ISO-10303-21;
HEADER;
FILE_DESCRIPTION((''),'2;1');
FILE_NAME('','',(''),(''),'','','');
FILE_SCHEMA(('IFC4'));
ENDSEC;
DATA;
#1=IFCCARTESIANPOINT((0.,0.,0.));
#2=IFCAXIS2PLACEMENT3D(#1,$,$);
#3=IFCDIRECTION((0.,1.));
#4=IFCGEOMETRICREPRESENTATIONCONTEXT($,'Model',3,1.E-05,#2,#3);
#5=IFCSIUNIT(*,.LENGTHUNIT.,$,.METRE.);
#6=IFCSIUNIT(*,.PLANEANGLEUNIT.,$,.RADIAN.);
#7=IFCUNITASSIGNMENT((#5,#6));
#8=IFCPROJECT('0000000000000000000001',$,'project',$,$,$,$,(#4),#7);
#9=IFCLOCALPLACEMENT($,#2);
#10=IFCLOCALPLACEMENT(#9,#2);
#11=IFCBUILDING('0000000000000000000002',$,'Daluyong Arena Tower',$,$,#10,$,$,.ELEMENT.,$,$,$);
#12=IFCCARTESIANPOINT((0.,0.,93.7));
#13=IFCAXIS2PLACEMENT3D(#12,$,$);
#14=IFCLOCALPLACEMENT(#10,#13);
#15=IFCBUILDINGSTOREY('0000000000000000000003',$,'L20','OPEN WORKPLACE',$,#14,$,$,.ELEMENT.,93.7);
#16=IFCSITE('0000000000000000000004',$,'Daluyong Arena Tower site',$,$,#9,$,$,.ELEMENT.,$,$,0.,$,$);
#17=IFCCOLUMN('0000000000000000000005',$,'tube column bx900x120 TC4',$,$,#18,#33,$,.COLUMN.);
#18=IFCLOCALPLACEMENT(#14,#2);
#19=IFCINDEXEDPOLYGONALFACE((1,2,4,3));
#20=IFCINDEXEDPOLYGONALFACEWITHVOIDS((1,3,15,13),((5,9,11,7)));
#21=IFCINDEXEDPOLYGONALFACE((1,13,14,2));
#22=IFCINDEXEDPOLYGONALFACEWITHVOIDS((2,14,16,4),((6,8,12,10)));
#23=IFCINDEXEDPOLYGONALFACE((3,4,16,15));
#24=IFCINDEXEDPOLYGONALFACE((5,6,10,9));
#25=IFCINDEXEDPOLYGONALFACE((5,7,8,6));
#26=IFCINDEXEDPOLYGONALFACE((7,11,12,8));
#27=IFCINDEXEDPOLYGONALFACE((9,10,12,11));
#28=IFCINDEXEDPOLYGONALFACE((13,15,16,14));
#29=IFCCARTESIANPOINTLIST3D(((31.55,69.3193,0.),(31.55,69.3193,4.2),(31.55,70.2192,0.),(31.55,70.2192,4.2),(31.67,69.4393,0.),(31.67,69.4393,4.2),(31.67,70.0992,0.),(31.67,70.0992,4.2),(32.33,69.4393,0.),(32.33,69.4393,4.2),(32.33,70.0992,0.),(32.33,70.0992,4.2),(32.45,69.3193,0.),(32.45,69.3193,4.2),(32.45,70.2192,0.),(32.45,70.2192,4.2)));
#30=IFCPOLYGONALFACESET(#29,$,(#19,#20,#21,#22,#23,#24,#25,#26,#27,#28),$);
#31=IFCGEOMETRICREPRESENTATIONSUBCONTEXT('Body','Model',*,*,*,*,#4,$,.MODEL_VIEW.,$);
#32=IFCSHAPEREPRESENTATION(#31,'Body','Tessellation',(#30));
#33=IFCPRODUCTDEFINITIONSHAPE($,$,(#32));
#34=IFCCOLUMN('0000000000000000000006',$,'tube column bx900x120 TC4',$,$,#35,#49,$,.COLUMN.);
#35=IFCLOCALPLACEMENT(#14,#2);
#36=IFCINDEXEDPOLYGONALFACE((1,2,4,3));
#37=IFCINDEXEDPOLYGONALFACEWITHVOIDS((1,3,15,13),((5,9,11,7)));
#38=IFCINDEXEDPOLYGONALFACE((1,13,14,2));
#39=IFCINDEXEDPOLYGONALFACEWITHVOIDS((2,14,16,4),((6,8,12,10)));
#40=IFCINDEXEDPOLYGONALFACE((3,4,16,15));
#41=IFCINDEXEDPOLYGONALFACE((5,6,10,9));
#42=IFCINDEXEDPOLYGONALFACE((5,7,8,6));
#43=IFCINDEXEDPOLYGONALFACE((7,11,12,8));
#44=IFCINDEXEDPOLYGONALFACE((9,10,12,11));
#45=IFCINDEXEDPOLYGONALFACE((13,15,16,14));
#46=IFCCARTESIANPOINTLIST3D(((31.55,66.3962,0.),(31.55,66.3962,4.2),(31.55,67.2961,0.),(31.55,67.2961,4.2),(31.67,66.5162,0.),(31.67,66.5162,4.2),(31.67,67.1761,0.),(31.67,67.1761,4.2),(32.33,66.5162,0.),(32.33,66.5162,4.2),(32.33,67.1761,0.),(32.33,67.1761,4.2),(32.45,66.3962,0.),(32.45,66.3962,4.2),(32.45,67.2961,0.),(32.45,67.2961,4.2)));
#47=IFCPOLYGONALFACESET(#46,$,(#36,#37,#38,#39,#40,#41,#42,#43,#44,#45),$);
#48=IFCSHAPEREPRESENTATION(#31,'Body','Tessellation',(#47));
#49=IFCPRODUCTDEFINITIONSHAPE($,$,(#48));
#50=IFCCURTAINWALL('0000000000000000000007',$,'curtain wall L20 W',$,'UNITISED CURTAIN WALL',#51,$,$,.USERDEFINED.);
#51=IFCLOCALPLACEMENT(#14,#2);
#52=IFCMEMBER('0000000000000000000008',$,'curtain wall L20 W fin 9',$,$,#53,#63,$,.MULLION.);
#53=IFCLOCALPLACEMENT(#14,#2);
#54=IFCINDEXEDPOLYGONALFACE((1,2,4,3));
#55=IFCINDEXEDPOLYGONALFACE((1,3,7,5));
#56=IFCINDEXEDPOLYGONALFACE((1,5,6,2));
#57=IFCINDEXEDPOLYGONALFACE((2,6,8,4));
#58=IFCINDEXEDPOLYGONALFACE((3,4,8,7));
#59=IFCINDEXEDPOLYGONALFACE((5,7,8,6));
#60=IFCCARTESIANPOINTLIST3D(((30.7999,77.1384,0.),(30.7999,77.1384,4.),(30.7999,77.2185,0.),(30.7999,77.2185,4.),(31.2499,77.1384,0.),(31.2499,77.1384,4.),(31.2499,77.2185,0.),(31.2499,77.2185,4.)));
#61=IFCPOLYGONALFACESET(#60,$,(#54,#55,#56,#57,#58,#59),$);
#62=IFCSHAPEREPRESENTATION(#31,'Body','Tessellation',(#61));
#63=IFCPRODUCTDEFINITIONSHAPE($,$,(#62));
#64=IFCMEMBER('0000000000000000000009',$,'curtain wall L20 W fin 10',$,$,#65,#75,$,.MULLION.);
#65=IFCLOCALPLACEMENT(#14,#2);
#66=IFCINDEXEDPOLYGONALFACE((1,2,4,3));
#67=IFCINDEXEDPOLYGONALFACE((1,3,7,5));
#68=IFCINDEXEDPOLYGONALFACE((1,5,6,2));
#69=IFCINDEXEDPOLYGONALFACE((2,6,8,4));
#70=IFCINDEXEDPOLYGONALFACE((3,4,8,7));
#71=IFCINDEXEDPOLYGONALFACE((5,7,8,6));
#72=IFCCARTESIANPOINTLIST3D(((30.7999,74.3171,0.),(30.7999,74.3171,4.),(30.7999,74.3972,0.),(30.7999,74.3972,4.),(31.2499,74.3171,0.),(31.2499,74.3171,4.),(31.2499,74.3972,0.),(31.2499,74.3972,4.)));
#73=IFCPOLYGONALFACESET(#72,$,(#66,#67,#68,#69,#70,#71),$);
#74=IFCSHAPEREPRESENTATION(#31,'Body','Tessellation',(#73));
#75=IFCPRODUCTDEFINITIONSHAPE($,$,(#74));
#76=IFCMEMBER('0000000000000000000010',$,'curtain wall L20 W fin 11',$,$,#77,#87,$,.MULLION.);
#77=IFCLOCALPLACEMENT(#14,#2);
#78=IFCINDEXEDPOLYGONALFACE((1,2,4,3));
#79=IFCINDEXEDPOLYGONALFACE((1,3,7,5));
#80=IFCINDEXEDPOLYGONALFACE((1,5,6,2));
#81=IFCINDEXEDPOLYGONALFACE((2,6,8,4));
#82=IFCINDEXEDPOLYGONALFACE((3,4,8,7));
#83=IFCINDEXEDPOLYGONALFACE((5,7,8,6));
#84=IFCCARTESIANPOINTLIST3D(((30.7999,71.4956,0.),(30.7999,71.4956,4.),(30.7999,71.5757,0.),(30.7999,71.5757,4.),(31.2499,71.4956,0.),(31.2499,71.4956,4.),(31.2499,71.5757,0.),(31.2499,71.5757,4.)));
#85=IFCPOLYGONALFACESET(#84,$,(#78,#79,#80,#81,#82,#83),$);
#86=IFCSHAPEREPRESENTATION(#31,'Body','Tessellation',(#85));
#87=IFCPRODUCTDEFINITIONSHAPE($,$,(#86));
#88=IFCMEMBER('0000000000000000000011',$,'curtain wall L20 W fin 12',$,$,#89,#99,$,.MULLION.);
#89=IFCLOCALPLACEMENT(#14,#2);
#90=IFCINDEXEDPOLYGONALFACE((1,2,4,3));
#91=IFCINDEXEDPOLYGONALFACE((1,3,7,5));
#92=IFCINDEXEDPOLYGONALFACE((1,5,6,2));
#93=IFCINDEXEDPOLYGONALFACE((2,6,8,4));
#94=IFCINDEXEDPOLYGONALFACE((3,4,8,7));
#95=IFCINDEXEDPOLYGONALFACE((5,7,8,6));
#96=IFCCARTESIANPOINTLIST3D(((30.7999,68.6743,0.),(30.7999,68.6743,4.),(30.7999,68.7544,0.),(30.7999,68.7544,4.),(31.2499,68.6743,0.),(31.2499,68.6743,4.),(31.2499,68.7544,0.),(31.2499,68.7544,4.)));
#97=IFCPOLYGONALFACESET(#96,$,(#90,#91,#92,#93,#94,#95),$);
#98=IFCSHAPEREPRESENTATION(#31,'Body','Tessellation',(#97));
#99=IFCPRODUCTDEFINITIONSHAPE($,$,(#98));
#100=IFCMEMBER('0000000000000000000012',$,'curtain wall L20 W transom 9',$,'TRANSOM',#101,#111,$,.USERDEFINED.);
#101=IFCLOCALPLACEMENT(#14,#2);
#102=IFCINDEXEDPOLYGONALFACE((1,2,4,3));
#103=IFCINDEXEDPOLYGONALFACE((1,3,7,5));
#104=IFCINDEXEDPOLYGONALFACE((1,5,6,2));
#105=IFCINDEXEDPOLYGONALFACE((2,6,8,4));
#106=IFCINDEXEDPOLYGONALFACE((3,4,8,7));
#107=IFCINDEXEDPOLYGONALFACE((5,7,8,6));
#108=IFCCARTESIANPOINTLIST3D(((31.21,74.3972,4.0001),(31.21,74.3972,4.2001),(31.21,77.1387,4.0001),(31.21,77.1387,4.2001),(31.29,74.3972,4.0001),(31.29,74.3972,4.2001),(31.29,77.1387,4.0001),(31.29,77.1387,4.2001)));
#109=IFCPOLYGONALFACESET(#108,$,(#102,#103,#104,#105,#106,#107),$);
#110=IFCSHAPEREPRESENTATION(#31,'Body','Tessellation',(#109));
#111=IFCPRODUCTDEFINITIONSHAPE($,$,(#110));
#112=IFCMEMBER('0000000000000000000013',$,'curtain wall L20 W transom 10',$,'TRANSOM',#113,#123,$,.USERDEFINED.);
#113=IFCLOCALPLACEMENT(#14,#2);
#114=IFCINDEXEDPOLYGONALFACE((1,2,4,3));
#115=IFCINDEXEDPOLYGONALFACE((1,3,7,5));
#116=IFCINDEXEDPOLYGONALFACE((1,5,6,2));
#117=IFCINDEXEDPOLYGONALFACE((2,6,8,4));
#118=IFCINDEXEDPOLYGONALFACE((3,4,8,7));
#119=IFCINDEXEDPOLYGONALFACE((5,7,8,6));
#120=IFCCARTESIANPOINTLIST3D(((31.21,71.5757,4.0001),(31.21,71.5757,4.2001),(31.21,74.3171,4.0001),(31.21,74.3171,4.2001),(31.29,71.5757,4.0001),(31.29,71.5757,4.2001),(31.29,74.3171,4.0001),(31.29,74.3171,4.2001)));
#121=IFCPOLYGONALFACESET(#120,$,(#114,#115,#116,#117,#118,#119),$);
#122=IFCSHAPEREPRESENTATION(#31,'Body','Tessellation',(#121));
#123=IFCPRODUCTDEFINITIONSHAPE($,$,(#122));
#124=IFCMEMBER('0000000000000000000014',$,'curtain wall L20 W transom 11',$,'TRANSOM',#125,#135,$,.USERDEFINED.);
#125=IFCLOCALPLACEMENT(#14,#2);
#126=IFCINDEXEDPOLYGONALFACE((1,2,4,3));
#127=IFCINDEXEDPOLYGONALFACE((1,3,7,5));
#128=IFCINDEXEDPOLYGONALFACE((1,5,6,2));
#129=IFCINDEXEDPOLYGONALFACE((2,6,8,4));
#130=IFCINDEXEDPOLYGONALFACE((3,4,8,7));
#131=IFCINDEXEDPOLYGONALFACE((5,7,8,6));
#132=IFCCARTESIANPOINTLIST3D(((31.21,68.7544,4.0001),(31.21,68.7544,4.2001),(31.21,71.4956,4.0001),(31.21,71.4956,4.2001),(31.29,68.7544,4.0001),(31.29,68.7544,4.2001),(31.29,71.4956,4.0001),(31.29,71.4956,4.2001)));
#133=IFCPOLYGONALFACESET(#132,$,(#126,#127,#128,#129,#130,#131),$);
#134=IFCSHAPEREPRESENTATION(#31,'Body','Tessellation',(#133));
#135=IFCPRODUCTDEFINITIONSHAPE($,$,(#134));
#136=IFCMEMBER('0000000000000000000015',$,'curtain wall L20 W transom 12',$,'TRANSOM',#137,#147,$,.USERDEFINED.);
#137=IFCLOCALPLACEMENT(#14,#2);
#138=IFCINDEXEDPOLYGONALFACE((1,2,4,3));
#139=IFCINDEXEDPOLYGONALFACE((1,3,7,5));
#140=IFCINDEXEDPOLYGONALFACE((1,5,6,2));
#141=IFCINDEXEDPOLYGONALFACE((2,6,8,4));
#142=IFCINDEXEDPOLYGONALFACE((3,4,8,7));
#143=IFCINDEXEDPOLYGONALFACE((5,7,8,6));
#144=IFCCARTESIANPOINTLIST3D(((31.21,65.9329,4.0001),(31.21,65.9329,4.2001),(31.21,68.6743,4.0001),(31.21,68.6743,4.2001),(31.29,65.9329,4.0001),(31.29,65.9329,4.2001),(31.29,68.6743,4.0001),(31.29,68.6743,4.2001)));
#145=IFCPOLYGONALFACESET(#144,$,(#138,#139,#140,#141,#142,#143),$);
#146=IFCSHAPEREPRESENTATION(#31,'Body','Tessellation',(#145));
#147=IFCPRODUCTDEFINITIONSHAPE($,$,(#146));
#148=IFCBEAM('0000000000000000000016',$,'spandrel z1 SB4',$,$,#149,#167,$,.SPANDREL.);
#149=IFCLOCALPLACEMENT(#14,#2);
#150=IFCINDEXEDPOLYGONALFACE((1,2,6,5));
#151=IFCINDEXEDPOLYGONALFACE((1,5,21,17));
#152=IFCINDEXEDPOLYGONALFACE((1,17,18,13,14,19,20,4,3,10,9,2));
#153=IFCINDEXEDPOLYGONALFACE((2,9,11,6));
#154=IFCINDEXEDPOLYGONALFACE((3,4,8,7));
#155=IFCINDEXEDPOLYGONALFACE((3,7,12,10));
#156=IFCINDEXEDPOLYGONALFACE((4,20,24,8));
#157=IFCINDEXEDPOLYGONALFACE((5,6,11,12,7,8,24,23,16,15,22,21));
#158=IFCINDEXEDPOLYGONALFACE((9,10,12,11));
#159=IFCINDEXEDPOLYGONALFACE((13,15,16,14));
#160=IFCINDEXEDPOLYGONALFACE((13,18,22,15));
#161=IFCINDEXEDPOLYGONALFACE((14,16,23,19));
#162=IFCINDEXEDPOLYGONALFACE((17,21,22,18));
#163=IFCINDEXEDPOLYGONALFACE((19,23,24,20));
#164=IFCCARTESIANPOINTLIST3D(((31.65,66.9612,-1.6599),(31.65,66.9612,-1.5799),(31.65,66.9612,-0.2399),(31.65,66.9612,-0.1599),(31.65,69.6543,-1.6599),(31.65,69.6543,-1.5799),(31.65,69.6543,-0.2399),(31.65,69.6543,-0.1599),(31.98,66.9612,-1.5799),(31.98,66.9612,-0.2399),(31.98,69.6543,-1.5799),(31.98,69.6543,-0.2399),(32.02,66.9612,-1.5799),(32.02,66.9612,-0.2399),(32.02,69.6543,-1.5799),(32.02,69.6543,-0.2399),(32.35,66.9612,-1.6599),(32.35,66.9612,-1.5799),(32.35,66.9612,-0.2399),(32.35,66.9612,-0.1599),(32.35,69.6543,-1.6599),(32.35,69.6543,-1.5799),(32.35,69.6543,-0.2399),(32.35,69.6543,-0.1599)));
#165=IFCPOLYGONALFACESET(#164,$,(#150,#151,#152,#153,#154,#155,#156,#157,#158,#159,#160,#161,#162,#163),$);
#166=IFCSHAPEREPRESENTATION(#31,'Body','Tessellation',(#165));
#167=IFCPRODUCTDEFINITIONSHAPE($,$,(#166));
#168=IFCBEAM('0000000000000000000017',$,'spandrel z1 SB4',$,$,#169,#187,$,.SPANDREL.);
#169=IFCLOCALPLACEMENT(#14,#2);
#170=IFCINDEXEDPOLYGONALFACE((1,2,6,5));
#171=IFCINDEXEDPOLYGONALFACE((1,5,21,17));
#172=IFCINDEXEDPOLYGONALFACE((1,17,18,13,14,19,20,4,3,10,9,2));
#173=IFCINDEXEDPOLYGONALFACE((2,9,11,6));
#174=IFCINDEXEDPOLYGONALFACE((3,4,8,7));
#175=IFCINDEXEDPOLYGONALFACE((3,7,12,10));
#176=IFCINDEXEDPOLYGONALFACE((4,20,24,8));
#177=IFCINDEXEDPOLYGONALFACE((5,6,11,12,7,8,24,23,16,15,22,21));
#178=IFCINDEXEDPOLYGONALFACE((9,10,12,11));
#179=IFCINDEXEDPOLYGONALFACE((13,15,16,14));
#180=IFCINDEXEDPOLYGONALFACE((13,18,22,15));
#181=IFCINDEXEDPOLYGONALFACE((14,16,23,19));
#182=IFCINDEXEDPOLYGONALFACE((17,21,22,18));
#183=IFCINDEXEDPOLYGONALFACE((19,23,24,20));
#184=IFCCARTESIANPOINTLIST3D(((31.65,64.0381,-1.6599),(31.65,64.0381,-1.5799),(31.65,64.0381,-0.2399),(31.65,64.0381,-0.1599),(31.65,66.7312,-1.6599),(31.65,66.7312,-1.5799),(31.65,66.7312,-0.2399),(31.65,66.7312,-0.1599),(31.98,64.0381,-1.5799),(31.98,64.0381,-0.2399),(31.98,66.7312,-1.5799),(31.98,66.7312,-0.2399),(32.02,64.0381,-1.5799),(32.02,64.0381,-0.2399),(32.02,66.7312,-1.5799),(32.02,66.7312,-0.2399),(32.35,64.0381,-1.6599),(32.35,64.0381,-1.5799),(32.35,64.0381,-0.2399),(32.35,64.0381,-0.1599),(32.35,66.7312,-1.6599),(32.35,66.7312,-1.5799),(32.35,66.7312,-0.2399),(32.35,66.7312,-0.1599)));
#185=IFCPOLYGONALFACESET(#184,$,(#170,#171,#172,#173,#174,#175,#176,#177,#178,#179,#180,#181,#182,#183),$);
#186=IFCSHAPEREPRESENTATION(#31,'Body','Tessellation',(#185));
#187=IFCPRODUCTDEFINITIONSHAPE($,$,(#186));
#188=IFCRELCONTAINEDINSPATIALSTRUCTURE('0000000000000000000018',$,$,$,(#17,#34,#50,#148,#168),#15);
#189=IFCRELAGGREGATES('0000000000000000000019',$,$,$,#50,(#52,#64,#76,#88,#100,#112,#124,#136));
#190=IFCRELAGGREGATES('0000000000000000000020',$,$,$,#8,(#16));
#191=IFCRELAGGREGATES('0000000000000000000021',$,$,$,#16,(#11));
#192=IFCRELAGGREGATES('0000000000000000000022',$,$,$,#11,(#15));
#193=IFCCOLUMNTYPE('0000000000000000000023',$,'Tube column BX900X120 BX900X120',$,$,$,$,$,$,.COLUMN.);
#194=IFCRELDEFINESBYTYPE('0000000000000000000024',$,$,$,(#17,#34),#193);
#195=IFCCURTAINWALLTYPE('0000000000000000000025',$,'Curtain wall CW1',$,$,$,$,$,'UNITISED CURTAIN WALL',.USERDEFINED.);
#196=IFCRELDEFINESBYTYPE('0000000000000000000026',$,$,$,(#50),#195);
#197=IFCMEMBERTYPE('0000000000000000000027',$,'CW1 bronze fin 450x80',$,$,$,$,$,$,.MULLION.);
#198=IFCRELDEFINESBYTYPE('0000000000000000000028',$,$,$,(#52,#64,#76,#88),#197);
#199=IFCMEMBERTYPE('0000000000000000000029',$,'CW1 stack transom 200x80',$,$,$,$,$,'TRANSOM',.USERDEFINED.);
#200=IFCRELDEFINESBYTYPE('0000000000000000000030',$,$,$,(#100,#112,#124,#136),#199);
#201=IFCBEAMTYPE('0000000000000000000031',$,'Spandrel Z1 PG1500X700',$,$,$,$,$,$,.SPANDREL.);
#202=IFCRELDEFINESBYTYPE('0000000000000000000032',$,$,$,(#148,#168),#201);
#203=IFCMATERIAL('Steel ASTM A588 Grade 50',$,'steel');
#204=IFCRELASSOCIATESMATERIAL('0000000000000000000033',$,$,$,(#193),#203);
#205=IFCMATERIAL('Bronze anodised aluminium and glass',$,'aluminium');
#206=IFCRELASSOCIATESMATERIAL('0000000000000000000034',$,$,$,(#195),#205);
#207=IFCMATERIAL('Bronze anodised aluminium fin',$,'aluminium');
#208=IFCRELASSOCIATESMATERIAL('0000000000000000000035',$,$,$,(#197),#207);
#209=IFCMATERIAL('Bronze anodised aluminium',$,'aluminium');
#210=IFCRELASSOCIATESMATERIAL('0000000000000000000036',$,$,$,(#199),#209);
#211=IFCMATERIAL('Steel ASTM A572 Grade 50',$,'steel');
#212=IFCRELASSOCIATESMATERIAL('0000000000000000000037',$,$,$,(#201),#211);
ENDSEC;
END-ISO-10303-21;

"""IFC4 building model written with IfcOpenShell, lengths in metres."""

from ifc_helpers import new_model, si_unit, direction, frame, origin, origin_2d, place, context, subcontext, project, spatial, rectangle, hollow_rectangle, i_section, extrude, material, material_profile, profile_set, type_object, element, aggregate, save


model = new_model("IFC4")

# Units and contexts
model_context = context("Model", 3, precision=1e-05, world=origin(), true_north=direction((0.0, 1.0)))
body_context = subcontext(model_context, "Body", "Model", "MODEL_VIEW")
ifc_project = project(units=[si_unit("LENGTHUNIT", "METRE"), si_unit("PLANEANGLEUNIT", "RADIAN")], contexts=[model_context])

# Site, building, storey
site_placement = place(None, origin())
site = spatial("IfcSite", under=ifc_project, at=site_placement, Name="Daluyong Arena Tower site", CompositionType="ELEMENT", RefElevation=0.0)
building_placement = place(site_placement, origin())
building = spatial("IfcBuilding", under=site, at=building_placement, Name="Daluyong Arena Tower", CompositionType="ELEMENT")
storey_placement = place(building_placement, frame((0.0, 0.0, 93.7)))
storey = spatial("IfcBuildingStorey", under=building, at=storey_placement, Name="L20", Description="OPEN WORKPLACE", CompositionType="ELEMENT", Elevation=93.7)

# Columns
ifc_material_1 = material(Name="Steel ASTM A588 Grade 50", Category="steel")
ifc_material_profile_1 = material_profile(ifc_material_1, hollow_rectangle(XDim=0.8999, YDim=0.8999, WallThickness=0.12, at=origin_2d()))
ifc_profile_set_1 = profile_set([ifc_material_profile_1], Name="Steel ASTM A588 Grade 50")
column_type = type_object("IfcColumnType", Name="Tube column BX900X120 BX900X120", PredefinedType="COLUMN", material=ifc_profile_set_1)
for number, where, z_axis, x_axis, name in (
    (1, (32.0, 69.7693, 0.0), (0.0, 0.0, 1.0), (0.0, 1.0, 0.0), "tube column bx900x120 TC4"),
    (2, (32.0, 66.8462, 0.0), (0.0, 0.0, 1.0), (0.0, 1.0, 0.0), "tube column bx900x120 TC4"),
):
    element("IfcColumn", number, at=place(storey_placement, frame(where, z_axis=z_axis, x_axis=x_axis)), inside=storey, type_object=column_type, Name=name, PredefinedType="COLUMN", context=body_context, shape_type="SweptSolid", body=[
        extrude(hollow_rectangle(XDim=0.8999, YDim=0.8999, WallThickness=0.12, at=origin_2d()), origin(), (0.0, 0.0, 1.0), 4.2),
    ])

# Curtain wall, members
ifc_material_2 = material(Name="Bronze anodised aluminium and glass", Category="aluminium")
curtain_wall_type = type_object("IfcCurtainWallType", Name="Curtain wall CW1", ElementType="UNITISED CURTAIN WALL", PredefinedType="USERDEFINED", material=ifc_material_2)
curtain_wall_placement = place(storey_placement, origin())
curtain_wall = element("IfcCurtainWall", 3, at=curtain_wall_placement, inside=storey, type_object=curtain_wall_type, Name="curtain wall L20 W", ObjectType="UNITISED CURTAIN WALL", PredefinedType="USERDEFINED")
ifc_material_3 = material(Name="Bronze anodised aluminium fin", Category="aluminium")
ifc_material_profile_2 = material_profile(ifc_material_3, rectangle(XDim=0.45, YDim=0.0801, at=origin_2d()))
ifc_profile_set_2 = profile_set([ifc_material_profile_2], Name="Bronze anodised aluminium fin")
member_type_1 = type_object("IfcMemberType", Name="CW1 bronze fin 450x80", PredefinedType="MULLION", material=ifc_profile_set_2)
member_1_placement = place(storey_placement, frame((31.0249, 77.1785, 0.0), z_axis=(0.0, 0.0, 1.0), x_axis=(1.0, 0.0, 0.0)))
member_1 = element("IfcMember", 4, at=member_1_placement, type_object=member_type_1, Name="curtain wall L20 W fin 9", PredefinedType="MULLION", context=body_context, shape_type="SweptSolid", body=[
    extrude(rectangle(XDim=0.45, YDim=0.0801, at=origin_2d()), origin(), (0.0, 0.0, 1.0), 4.0),
])
member_2_placement = place(storey_placement, frame((31.0249, 74.3572, 0.0), z_axis=(0.0, 0.0, 1.0), x_axis=(1.0, 0.0, 0.0)))
member_2 = element("IfcMember", 5, at=member_2_placement, type_object=member_type_1, Name="curtain wall L20 W fin 10", PredefinedType="MULLION", context=body_context, shape_type="SweptSolid", body=[
    extrude(rectangle(XDim=0.45, YDim=0.0801, at=origin_2d()), origin(), (0.0, 0.0, 1.0), 4.0),
])
member_3_placement = place(storey_placement, frame((31.0249, 71.5356, 0.0), z_axis=(0.0, 0.0, 1.0), x_axis=(1.0, 0.0, 0.0)))
member_3 = element("IfcMember", 6, at=member_3_placement, type_object=member_type_1, Name="curtain wall L20 W fin 11", PredefinedType="MULLION", context=body_context, shape_type="SweptSolid", body=[
    extrude(rectangle(XDim=0.45, YDim=0.0801, at=origin_2d()), origin(), (0.0, 0.0, 1.0), 4.0),
])
member_4_placement = place(storey_placement, frame((31.0249, 68.7144, 0.0), z_axis=(0.0, 0.0, 1.0), x_axis=(1.0, 0.0, 0.0)))
member_4 = element("IfcMember", 7, at=member_4_placement, type_object=member_type_1, Name="curtain wall L20 W fin 12", PredefinedType="MULLION", context=body_context, shape_type="SweptSolid", body=[
    extrude(rectangle(XDim=0.45, YDim=0.0801, at=origin_2d()), origin(), (0.0, 0.0, 1.0), 4.0),
])
ifc_material_4 = material(Name="Bronze anodised aluminium", Category="aluminium")
ifc_material_profile_3 = material_profile(ifc_material_4, rectangle(XDim=0.0801, YDim=0.2, at=origin_2d()))
ifc_profile_set_3 = profile_set([ifc_material_profile_3], Name="Bronze anodised aluminium")
member_type_2 = type_object("IfcMemberType", Name="CW1 stack transom 200x80", ElementType="TRANSOM", PredefinedType="USERDEFINED", material=ifc_profile_set_3)
member_5_placement = place(storey_placement, frame((31.25, 77.1387, 4.1001), z_axis=(0.0, -1.0, 0.0), x_axis=(1.0, 0.0, 0.0)))
member_5 = element("IfcMember", 8, at=member_5_placement, type_object=member_type_2, Name="curtain wall L20 W transom 9", ObjectType="TRANSOM", PredefinedType="USERDEFINED", context=body_context, shape_type="SweptSolid", body=[
    extrude(rectangle(XDim=0.0801, YDim=0.2, at=origin_2d()), origin(), (0.0, 0.0, 1.0), 2.7415),
])
member_6_placement = place(storey_placement, frame((31.25, 74.3171, 4.1001), z_axis=(0.0, -1.0, 0.0), x_axis=(1.0, 0.0, 0.0)))
member_6 = element("IfcMember", 9, at=member_6_placement, type_object=member_type_2, Name="curtain wall L20 W transom 10", ObjectType="TRANSOM", PredefinedType="USERDEFINED", context=body_context, shape_type="SweptSolid", body=[
    extrude(rectangle(XDim=0.0801, YDim=0.2, at=origin_2d()), origin(), (0.0, 0.0, 1.0), 2.7415),
])
member_7_placement = place(storey_placement, frame((31.25, 71.4956, 4.1001), z_axis=(0.0, -1.0, 0.0), x_axis=(1.0, 0.0, 0.0)))
member_7 = element("IfcMember", 10, at=member_7_placement, type_object=member_type_2, Name="curtain wall L20 W transom 11", ObjectType="TRANSOM", PredefinedType="USERDEFINED", context=body_context, shape_type="SweptSolid", body=[
    extrude(rectangle(XDim=0.0801, YDim=0.2, at=origin_2d()), origin(), (0.0, 0.0, 1.0), 2.7412),
])
member_8_placement = place(storey_placement, frame((31.25, 68.6743, 4.1001), z_axis=(0.0, -1.0, 0.0), x_axis=(1.0, 0.0, 0.0)))
member_8 = element("IfcMember", 11, at=member_8_placement, type_object=member_type_2, Name="curtain wall L20 W transom 12", ObjectType="TRANSOM", PredefinedType="USERDEFINED", context=body_context, shape_type="SweptSolid", body=[
    extrude(rectangle(XDim=0.0801, YDim=0.2, at=origin_2d()), origin(), (0.0, 0.0, 1.0), 2.7415),
])

# Beams
ifc_material_5 = material(Name="Steel ASTM A572 Grade 50", Category="steel")
ifc_material_profile_4 = material_profile(ifc_material_5, i_section(OverallWidth=0.7, OverallDepth=1.5, WebThickness=0.04, FlangeThickness=0.08, at=origin_2d()))
ifc_profile_set_4 = profile_set([ifc_material_profile_4], Name="Steel ASTM A572 Grade 50")
beam_type = type_object("IfcBeamType", Name="Spandrel Z1 PG1500X700", PredefinedType="SPANDREL", material=ifc_profile_set_4)
for number, where, z_axis, x_axis, name in (
    (12, (32.0, 69.6543, -0.9099), (0.0, -1.0, 0.0), (1.0, 0.0, 0.0), "spandrel z1 SB4"),
    (13, (32.0, 66.7312, -0.9099), (0.0, -1.0, 0.0), (1.0, 0.0, 0.0), "spandrel z1 SB4"),
):
    element("IfcBeam", number, at=place(storey_placement, frame(where, z_axis=z_axis, x_axis=x_axis)), inside=storey, type_object=beam_type, Name=name, PredefinedType="SPANDREL", context=body_context, shape_type="SweptSolid", body=[
        extrude(i_section(OverallWidth=0.7, OverallDepth=1.5, WebThickness=0.04, FlangeThickness=0.08, at=origin_2d()), origin(), (0.0, 0.0, 1.0), 2.6931),
    ])

aggregate(curtain_wall, [member_1, member_2, member_3, member_4, member_5, member_6, member_7, member_8])

save(model, "model.ifc")
